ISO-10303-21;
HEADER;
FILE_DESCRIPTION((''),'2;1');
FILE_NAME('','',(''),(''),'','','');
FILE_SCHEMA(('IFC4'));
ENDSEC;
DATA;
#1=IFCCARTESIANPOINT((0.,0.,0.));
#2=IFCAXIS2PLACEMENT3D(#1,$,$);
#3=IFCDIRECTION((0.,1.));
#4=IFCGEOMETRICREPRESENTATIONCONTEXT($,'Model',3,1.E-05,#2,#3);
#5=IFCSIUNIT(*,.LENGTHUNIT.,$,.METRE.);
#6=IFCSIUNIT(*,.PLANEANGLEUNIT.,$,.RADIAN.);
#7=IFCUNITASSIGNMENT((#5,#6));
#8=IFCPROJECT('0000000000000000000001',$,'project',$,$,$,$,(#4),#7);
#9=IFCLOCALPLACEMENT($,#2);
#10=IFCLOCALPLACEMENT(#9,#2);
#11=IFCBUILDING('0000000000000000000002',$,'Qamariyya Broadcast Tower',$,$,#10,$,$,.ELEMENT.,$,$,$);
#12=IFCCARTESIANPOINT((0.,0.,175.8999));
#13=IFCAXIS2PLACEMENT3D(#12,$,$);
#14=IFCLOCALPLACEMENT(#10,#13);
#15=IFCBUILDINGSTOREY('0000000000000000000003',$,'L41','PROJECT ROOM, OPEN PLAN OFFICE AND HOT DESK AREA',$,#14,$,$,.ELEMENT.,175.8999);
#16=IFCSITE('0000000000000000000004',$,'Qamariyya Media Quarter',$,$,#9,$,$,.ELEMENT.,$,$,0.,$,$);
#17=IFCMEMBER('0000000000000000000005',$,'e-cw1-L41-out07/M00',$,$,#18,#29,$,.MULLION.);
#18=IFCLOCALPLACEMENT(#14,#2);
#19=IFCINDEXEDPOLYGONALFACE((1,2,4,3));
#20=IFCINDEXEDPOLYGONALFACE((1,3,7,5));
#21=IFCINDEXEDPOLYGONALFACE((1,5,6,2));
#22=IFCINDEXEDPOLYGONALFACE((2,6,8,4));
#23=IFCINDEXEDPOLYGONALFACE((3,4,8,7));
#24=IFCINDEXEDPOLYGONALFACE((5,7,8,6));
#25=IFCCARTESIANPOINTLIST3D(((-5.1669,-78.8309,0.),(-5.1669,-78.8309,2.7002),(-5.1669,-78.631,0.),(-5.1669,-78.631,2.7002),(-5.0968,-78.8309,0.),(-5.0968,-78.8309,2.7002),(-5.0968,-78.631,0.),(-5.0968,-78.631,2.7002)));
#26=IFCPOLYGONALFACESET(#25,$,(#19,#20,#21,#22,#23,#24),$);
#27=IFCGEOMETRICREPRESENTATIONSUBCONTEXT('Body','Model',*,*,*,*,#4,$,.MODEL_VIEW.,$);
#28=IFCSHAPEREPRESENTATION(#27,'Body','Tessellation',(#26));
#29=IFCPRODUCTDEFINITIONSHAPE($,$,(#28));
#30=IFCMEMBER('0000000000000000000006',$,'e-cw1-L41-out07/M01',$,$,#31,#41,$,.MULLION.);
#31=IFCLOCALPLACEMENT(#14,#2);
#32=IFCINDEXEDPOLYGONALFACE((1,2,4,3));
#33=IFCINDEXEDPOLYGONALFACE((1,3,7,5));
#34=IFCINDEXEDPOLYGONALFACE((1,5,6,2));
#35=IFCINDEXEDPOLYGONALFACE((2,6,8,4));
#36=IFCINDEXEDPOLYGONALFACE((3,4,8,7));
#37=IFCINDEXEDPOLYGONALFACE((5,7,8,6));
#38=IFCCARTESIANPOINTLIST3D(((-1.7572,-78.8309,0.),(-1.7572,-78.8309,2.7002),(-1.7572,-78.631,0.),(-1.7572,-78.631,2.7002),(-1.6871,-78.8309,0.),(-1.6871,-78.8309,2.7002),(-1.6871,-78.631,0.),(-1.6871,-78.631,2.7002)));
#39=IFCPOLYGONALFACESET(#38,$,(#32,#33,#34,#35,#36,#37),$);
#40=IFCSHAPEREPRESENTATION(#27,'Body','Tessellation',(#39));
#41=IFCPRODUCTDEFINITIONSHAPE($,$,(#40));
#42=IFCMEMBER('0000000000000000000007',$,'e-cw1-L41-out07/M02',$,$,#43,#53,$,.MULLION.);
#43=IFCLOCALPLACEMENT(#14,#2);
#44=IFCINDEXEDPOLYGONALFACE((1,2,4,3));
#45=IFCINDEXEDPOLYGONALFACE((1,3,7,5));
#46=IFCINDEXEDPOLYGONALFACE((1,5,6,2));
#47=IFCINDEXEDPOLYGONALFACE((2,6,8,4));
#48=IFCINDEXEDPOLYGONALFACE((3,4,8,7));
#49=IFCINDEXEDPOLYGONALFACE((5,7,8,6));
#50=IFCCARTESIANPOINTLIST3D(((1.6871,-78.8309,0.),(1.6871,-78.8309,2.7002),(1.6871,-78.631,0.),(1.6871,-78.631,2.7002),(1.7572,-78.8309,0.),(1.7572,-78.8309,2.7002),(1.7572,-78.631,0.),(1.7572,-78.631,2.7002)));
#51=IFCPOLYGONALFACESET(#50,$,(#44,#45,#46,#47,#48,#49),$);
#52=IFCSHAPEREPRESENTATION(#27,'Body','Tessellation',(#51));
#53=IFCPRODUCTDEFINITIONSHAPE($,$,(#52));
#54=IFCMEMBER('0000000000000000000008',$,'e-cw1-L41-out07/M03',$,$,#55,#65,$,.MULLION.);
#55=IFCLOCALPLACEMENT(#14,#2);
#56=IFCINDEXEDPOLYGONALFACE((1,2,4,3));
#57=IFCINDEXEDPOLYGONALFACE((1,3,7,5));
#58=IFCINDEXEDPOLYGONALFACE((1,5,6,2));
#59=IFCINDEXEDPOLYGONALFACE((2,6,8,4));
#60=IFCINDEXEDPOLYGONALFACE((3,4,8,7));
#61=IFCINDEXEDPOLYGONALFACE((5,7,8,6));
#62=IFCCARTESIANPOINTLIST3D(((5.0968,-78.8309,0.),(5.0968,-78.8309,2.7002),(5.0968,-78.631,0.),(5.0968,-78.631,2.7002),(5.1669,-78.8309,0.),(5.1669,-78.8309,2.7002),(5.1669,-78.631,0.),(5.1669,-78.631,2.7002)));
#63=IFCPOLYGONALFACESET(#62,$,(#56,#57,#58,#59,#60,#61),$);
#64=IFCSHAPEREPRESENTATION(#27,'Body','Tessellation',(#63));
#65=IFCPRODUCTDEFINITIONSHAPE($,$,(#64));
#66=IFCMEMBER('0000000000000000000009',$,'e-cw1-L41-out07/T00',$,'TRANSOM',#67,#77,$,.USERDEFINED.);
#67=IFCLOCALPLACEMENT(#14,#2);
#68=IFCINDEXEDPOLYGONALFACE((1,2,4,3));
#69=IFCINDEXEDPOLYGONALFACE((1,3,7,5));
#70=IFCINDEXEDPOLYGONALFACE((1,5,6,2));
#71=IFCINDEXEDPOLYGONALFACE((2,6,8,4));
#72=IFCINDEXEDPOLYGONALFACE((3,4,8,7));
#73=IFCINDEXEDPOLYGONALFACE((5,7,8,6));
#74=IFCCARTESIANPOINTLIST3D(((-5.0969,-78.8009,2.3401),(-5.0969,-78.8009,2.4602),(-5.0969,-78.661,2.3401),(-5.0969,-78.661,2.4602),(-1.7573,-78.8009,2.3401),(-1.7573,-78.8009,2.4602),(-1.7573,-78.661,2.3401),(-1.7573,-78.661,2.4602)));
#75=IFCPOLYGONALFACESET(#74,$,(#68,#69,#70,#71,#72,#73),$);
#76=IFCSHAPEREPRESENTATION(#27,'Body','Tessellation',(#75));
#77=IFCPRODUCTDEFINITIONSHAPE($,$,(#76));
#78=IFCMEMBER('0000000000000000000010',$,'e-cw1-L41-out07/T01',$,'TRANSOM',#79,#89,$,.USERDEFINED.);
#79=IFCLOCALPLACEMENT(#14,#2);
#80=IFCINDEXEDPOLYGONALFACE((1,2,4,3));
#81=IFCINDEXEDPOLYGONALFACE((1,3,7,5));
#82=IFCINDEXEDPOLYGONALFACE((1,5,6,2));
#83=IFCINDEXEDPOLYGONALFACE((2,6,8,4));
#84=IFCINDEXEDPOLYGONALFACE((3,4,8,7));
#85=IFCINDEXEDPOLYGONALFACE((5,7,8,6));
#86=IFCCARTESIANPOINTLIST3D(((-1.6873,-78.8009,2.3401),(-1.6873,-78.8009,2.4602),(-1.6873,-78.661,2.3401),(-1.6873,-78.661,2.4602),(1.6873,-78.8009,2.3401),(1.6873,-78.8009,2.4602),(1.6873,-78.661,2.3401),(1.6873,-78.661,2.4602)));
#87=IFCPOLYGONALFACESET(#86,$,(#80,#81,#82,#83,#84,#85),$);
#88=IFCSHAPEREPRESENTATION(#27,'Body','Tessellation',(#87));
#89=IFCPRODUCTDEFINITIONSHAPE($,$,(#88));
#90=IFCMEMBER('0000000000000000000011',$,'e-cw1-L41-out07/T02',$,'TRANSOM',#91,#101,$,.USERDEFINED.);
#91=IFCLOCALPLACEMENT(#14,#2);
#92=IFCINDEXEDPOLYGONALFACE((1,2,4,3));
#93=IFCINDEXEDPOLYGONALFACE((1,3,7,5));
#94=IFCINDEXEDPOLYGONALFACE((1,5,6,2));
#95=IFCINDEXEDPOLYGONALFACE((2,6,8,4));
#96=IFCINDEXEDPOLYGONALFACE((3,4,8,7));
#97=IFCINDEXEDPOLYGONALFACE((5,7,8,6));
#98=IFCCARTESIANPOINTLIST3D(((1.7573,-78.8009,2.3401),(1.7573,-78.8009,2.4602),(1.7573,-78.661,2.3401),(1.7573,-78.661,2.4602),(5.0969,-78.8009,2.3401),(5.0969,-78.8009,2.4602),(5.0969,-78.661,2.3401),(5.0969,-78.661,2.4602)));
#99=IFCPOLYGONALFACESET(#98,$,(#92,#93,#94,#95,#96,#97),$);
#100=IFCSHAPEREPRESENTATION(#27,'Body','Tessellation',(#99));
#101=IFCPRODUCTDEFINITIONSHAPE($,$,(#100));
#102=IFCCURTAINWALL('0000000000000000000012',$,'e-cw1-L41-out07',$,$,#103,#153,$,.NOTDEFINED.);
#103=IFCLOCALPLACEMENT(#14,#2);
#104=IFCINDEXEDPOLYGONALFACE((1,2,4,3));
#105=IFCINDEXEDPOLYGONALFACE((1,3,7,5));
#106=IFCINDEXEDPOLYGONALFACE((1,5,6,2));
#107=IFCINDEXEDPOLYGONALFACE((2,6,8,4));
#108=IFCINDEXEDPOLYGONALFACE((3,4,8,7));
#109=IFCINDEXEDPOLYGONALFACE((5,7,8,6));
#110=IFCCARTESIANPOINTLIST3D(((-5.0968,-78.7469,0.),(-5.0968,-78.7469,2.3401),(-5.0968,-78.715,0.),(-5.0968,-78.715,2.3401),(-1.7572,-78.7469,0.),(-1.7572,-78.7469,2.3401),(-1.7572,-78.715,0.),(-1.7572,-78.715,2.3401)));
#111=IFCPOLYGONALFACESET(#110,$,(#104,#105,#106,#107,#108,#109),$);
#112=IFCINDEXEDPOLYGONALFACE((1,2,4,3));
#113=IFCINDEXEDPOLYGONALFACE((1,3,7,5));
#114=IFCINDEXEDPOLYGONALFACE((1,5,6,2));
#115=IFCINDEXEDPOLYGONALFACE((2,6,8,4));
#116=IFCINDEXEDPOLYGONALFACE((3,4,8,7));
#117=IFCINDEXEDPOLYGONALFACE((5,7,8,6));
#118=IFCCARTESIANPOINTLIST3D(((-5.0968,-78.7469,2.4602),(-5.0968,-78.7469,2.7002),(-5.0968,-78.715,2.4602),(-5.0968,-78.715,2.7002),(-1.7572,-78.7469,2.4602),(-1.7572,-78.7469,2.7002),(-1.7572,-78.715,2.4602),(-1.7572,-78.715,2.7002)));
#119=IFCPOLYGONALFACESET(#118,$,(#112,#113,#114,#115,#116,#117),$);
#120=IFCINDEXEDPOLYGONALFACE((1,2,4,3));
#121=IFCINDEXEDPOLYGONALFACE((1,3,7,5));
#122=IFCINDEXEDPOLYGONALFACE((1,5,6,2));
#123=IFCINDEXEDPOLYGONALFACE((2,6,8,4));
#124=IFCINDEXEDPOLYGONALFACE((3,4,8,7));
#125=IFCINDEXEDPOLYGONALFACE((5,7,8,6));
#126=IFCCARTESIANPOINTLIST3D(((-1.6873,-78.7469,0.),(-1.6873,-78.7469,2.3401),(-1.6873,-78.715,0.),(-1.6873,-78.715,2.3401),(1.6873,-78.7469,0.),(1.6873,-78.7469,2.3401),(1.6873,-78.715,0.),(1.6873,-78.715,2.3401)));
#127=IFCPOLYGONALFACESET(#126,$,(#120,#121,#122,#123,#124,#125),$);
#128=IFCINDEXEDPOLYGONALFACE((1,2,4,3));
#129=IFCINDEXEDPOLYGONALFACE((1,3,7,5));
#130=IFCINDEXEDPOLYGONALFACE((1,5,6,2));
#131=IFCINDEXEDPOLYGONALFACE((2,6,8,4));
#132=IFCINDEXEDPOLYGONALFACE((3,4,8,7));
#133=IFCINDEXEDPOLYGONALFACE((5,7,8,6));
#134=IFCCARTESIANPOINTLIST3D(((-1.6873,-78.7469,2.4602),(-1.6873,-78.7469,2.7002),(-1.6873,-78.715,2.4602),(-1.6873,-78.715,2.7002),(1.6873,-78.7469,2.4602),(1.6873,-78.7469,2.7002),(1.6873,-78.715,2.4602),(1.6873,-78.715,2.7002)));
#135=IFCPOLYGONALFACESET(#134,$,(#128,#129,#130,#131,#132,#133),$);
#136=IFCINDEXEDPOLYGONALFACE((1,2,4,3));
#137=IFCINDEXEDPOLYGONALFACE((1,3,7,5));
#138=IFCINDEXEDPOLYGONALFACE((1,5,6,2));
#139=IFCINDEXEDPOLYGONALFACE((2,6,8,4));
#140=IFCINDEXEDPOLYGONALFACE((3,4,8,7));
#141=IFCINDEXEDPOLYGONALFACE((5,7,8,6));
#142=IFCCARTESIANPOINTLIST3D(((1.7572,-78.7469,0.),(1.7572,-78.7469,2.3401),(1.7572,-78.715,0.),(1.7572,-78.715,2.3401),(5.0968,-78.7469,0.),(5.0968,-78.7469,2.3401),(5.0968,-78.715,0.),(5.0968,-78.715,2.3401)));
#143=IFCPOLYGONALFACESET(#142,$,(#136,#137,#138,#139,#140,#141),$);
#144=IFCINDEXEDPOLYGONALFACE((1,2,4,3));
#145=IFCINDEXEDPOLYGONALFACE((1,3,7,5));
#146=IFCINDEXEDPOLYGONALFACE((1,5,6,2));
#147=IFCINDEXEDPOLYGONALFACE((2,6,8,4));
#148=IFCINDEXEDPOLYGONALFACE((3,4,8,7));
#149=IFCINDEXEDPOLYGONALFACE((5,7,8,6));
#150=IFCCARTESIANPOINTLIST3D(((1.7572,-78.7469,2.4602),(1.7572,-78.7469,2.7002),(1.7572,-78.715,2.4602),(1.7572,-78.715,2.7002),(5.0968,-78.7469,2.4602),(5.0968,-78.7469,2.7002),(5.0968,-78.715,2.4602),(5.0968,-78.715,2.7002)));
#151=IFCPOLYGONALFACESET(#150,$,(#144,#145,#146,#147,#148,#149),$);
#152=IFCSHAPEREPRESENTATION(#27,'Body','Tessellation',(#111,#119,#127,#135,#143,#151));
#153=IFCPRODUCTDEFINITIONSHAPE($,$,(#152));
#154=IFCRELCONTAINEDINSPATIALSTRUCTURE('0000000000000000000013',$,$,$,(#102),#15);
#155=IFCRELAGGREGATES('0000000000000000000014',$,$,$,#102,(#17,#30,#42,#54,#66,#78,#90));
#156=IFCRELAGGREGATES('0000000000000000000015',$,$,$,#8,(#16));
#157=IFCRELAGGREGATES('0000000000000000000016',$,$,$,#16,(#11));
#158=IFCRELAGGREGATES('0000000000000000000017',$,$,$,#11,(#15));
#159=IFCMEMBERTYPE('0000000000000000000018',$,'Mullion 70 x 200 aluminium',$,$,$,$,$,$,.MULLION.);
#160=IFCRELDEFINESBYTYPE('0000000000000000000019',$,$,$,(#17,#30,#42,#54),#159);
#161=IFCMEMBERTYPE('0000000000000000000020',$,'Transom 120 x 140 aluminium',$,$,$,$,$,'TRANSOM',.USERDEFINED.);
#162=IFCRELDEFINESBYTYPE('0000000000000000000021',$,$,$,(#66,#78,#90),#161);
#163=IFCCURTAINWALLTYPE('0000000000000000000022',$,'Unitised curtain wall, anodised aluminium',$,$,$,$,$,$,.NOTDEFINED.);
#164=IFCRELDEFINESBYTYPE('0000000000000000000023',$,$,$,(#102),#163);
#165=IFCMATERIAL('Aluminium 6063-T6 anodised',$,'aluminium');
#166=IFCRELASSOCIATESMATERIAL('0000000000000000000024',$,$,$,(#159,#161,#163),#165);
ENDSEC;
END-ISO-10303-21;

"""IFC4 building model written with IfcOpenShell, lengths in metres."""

from ifc_helpers import new_model, si_unit, direction, frame, origin, origin_2d, place, context, subcontext, project, spatial, rectangle, extrude, material, material_profile, profile_set, type_object, element, aggregate, save


model = new_model("IFC4")

# Units and contexts
model_context = context("Model", 3, precision=1e-05, world=origin(), true_north=direction((0.0, 1.0)))
body_context = subcontext(model_context, "Body", "Model", "MODEL_VIEW")
ifc_project = project(units=[si_unit("LENGTHUNIT", "METRE"), si_unit("PLANEANGLEUNIT", "RADIAN")], contexts=[model_context])

# Members
ifc_material_1 = material(Name="Aluminium 6063-T6 anodised", Category="aluminium")
ifc_material_profile_1 = material_profile(ifc_material_1, rectangle(XDim=0.2, YDim=0.0701, at=origin_2d()))
ifc_profile_set_1 = profile_set([ifc_material_profile_1], Name="Aluminium 6063-T6 anodised")
member_type_1 = type_object("IfcMemberType", Name="Mullion 70 x 200 aluminium", PredefinedType="MULLION", material=ifc_profile_set_1)
site_placement = place(None, origin())
building_placement = place(site_placement, origin())
storey_placement = place(building_placement, frame((0.0, 0.0, 175.8999)))
member_1_placement = place(storey_placement, frame((-5.1318, -78.731, 0.0), z_axis=(0.0, 0.0, 1.0), x_axis=(0.0, 1.0, 0.0)))
member_1 = element("IfcMember", 1, at=member_1_placement, type_object=member_type_1, Name="e-cw1-L41-out07/M00", PredefinedType="MULLION", context=body_context, shape_type="SweptSolid", body=[
    extrude(rectangle(XDim=0.2, YDim=0.0701, at=origin_2d()), origin(), (0.0, 0.0, 1.0), 2.7002),
])
member_2_placement = place(storey_placement, frame((-1.7222, -78.731, 0.0), z_axis=(0.0, 0.0, 1.0), x_axis=(0.0, 1.0, 0.0)))
member_2 = element("IfcMember", 2, at=member_2_placement, type_object=member_type_1, Name="e-cw1-L41-out07/M01", PredefinedType="MULLION", context=body_context, shape_type="SweptSolid", body=[
    extrude(rectangle(XDim=0.2, YDim=0.0701, at=origin_2d()), origin(), (0.0, 0.0, 1.0), 2.7002),
])
member_3_placement = place(storey_placement, frame((1.7222, -78.731, 0.0), z_axis=(0.0, 0.0, 1.0), x_axis=(0.0, 1.0, 0.0)))
member_3 = element("IfcMember", 3, at=member_3_placement, type_object=member_type_1, Name="e-cw1-L41-out07/M02", PredefinedType="MULLION", context=body_context, shape_type="SweptSolid", body=[
    extrude(rectangle(XDim=0.2, YDim=0.0701, at=origin_2d()), origin(), (0.0, 0.0, 1.0), 2.7002),
])
member_4_placement = place(storey_placement, frame((5.1318, -78.731, 0.0), z_axis=(0.0, 0.0, 1.0), x_axis=(0.0, 1.0, 0.0)))
member_4 = element("IfcMember", 4, at=member_4_placement, type_object=member_type_1, Name="e-cw1-L41-out07/M03", PredefinedType="MULLION", context=body_context, shape_type="SweptSolid", body=[
    extrude(rectangle(XDim=0.2, YDim=0.0701, at=origin_2d()), origin(), (0.0, 0.0, 1.0), 2.7002),
])
ifc_material_profile_2 = material_profile(ifc_material_1, rectangle(XDim=0.1399, YDim=0.1201, at=origin_2d()))
ifc_profile_set_2 = profile_set([ifc_material_profile_2], Name="Aluminium 6063-T6 anodised")
member_type_2 = type_object("IfcMemberType", Name="Transom 120 x 140 aluminium", ElementType="TRANSOM", PredefinedType="USERDEFINED", material=ifc_profile_set_2)
member_5_placement = place(storey_placement, frame((-5.0969, -78.731, 2.4001), z_axis=(1.0, 0.0, 0.0), x_axis=(0.0, 1.0, 0.0)))
member_5 = element("IfcMember", 5, at=member_5_placement, type_object=member_type_2, Name="e-cw1-L41-out07/T00", ObjectType="TRANSOM", PredefinedType="USERDEFINED", context=body_context, shape_type="SweptSolid", body=[
    extrude(rectangle(XDim=0.1399, YDim=0.1201, at=origin_2d()), origin(), (0.0, 0.0, 1.0), 3.3396),
])
member_6_placement = place(storey_placement, frame((-1.6873, -78.731, 2.4001), z_axis=(1.0, 0.0, 0.0), x_axis=(0.0, 1.0, 0.0)))
member_6 = element("IfcMember", 6, at=member_6_placement, type_object=member_type_2, Name="e-cw1-L41-out07/T01", ObjectType="TRANSOM", PredefinedType="USERDEFINED", context=body_context, shape_type="SweptSolid", body=[
    extrude(rectangle(XDim=0.1399, YDim=0.1201, at=origin_2d()), origin(), (0.0, 0.0, 1.0), 3.3745),
])
member_7_placement = place(storey_placement, frame((1.7573, -78.731, 2.4001), z_axis=(1.0, 0.0, 0.0), x_axis=(0.0, 1.0, 0.0)))
member_7 = element("IfcMember", 7, at=member_7_placement, type_object=member_type_2, Name="e-cw1-L41-out07/T02", ObjectType="TRANSOM", PredefinedType="USERDEFINED", context=body_context, shape_type="SweptSolid", body=[
    extrude(rectangle(XDim=0.1399, YDim=0.1201, at=origin_2d()), origin(), (0.0, 0.0, 1.0), 3.3396),
])

# Site, building, storey
site = spatial("IfcSite", under=ifc_project, at=site_placement, Name="Qamariyya Media Quarter", CompositionType="ELEMENT", RefElevation=0.0)
building = spatial("IfcBuilding", under=site, at=building_placement, Name="Qamariyya Broadcast Tower", CompositionType="ELEMENT")
storey = spatial("IfcBuildingStorey", under=building, at=storey_placement, Name="L41", Description="PROJECT ROOM, OPEN PLAN OFFICE AND HOT DESK AREA", CompositionType="ELEMENT", Elevation=175.8999)

# Curtain wall
curtain_wall_type = type_object("IfcCurtainWallType", Name="Unitised curtain wall, anodised aluminium", PredefinedType="NOTDEFINED", material=ifc_material_1)
curtain_wall_1_placement = place(storey_placement, origin())
curtain_wall_1 = element("IfcCurtainWall", 8, at=curtain_wall_1_placement, inside=storey, type_object=curtain_wall_type, Name="e-cw1-L41-out07", PredefinedType="NOTDEFINED", context=body_context, shape_type="SweptSolid", body=[
    extrude(rectangle(XDim=3.3396, YDim=0.032, at=origin_2d()), frame((-3.427, -78.731, 0.0), x_axis=(1.0, 0.0, 0.0)), (0.0, 0.0, 1.0), 2.3401),
    extrude(rectangle(XDim=3.3396, YDim=0.032, at=origin_2d()), frame((-3.427, -78.731, 2.4602), x_axis=(1.0, 0.0, 0.0)), (0.0, 0.0, 1.0), 0.24),
    extrude(rectangle(XDim=3.3745, YDim=0.032, at=origin_2d()), frame((0.0, -78.731, 0.0), x_axis=(1.0, 0.0, 0.0)), (0.0, 0.0, 1.0), 2.3401),
    extrude(rectangle(XDim=3.3745, YDim=0.032, at=origin_2d()), frame((0.0, -78.731, 2.4602), x_axis=(1.0, 0.0, 0.0)), (0.0, 0.0, 1.0), 0.24),
    extrude(rectangle(XDim=3.3396, YDim=0.032, at=origin_2d()), frame((3.427, -78.731, 0.0), x_axis=(1.0, 0.0, 0.0)), (0.0, 0.0, 1.0), 2.3401),
    extrude(rectangle(XDim=3.3396, YDim=0.032, at=origin_2d()), frame((3.427, -78.731, 2.4602), x_axis=(1.0, 0.0, 0.0)), (0.0, 0.0, 1.0), 0.24),
])
aggregate(curtain_wall_1, [member_1, member_2, member_3, member_4, member_5, member_6, member_7])

save(model, "model.ifc")
